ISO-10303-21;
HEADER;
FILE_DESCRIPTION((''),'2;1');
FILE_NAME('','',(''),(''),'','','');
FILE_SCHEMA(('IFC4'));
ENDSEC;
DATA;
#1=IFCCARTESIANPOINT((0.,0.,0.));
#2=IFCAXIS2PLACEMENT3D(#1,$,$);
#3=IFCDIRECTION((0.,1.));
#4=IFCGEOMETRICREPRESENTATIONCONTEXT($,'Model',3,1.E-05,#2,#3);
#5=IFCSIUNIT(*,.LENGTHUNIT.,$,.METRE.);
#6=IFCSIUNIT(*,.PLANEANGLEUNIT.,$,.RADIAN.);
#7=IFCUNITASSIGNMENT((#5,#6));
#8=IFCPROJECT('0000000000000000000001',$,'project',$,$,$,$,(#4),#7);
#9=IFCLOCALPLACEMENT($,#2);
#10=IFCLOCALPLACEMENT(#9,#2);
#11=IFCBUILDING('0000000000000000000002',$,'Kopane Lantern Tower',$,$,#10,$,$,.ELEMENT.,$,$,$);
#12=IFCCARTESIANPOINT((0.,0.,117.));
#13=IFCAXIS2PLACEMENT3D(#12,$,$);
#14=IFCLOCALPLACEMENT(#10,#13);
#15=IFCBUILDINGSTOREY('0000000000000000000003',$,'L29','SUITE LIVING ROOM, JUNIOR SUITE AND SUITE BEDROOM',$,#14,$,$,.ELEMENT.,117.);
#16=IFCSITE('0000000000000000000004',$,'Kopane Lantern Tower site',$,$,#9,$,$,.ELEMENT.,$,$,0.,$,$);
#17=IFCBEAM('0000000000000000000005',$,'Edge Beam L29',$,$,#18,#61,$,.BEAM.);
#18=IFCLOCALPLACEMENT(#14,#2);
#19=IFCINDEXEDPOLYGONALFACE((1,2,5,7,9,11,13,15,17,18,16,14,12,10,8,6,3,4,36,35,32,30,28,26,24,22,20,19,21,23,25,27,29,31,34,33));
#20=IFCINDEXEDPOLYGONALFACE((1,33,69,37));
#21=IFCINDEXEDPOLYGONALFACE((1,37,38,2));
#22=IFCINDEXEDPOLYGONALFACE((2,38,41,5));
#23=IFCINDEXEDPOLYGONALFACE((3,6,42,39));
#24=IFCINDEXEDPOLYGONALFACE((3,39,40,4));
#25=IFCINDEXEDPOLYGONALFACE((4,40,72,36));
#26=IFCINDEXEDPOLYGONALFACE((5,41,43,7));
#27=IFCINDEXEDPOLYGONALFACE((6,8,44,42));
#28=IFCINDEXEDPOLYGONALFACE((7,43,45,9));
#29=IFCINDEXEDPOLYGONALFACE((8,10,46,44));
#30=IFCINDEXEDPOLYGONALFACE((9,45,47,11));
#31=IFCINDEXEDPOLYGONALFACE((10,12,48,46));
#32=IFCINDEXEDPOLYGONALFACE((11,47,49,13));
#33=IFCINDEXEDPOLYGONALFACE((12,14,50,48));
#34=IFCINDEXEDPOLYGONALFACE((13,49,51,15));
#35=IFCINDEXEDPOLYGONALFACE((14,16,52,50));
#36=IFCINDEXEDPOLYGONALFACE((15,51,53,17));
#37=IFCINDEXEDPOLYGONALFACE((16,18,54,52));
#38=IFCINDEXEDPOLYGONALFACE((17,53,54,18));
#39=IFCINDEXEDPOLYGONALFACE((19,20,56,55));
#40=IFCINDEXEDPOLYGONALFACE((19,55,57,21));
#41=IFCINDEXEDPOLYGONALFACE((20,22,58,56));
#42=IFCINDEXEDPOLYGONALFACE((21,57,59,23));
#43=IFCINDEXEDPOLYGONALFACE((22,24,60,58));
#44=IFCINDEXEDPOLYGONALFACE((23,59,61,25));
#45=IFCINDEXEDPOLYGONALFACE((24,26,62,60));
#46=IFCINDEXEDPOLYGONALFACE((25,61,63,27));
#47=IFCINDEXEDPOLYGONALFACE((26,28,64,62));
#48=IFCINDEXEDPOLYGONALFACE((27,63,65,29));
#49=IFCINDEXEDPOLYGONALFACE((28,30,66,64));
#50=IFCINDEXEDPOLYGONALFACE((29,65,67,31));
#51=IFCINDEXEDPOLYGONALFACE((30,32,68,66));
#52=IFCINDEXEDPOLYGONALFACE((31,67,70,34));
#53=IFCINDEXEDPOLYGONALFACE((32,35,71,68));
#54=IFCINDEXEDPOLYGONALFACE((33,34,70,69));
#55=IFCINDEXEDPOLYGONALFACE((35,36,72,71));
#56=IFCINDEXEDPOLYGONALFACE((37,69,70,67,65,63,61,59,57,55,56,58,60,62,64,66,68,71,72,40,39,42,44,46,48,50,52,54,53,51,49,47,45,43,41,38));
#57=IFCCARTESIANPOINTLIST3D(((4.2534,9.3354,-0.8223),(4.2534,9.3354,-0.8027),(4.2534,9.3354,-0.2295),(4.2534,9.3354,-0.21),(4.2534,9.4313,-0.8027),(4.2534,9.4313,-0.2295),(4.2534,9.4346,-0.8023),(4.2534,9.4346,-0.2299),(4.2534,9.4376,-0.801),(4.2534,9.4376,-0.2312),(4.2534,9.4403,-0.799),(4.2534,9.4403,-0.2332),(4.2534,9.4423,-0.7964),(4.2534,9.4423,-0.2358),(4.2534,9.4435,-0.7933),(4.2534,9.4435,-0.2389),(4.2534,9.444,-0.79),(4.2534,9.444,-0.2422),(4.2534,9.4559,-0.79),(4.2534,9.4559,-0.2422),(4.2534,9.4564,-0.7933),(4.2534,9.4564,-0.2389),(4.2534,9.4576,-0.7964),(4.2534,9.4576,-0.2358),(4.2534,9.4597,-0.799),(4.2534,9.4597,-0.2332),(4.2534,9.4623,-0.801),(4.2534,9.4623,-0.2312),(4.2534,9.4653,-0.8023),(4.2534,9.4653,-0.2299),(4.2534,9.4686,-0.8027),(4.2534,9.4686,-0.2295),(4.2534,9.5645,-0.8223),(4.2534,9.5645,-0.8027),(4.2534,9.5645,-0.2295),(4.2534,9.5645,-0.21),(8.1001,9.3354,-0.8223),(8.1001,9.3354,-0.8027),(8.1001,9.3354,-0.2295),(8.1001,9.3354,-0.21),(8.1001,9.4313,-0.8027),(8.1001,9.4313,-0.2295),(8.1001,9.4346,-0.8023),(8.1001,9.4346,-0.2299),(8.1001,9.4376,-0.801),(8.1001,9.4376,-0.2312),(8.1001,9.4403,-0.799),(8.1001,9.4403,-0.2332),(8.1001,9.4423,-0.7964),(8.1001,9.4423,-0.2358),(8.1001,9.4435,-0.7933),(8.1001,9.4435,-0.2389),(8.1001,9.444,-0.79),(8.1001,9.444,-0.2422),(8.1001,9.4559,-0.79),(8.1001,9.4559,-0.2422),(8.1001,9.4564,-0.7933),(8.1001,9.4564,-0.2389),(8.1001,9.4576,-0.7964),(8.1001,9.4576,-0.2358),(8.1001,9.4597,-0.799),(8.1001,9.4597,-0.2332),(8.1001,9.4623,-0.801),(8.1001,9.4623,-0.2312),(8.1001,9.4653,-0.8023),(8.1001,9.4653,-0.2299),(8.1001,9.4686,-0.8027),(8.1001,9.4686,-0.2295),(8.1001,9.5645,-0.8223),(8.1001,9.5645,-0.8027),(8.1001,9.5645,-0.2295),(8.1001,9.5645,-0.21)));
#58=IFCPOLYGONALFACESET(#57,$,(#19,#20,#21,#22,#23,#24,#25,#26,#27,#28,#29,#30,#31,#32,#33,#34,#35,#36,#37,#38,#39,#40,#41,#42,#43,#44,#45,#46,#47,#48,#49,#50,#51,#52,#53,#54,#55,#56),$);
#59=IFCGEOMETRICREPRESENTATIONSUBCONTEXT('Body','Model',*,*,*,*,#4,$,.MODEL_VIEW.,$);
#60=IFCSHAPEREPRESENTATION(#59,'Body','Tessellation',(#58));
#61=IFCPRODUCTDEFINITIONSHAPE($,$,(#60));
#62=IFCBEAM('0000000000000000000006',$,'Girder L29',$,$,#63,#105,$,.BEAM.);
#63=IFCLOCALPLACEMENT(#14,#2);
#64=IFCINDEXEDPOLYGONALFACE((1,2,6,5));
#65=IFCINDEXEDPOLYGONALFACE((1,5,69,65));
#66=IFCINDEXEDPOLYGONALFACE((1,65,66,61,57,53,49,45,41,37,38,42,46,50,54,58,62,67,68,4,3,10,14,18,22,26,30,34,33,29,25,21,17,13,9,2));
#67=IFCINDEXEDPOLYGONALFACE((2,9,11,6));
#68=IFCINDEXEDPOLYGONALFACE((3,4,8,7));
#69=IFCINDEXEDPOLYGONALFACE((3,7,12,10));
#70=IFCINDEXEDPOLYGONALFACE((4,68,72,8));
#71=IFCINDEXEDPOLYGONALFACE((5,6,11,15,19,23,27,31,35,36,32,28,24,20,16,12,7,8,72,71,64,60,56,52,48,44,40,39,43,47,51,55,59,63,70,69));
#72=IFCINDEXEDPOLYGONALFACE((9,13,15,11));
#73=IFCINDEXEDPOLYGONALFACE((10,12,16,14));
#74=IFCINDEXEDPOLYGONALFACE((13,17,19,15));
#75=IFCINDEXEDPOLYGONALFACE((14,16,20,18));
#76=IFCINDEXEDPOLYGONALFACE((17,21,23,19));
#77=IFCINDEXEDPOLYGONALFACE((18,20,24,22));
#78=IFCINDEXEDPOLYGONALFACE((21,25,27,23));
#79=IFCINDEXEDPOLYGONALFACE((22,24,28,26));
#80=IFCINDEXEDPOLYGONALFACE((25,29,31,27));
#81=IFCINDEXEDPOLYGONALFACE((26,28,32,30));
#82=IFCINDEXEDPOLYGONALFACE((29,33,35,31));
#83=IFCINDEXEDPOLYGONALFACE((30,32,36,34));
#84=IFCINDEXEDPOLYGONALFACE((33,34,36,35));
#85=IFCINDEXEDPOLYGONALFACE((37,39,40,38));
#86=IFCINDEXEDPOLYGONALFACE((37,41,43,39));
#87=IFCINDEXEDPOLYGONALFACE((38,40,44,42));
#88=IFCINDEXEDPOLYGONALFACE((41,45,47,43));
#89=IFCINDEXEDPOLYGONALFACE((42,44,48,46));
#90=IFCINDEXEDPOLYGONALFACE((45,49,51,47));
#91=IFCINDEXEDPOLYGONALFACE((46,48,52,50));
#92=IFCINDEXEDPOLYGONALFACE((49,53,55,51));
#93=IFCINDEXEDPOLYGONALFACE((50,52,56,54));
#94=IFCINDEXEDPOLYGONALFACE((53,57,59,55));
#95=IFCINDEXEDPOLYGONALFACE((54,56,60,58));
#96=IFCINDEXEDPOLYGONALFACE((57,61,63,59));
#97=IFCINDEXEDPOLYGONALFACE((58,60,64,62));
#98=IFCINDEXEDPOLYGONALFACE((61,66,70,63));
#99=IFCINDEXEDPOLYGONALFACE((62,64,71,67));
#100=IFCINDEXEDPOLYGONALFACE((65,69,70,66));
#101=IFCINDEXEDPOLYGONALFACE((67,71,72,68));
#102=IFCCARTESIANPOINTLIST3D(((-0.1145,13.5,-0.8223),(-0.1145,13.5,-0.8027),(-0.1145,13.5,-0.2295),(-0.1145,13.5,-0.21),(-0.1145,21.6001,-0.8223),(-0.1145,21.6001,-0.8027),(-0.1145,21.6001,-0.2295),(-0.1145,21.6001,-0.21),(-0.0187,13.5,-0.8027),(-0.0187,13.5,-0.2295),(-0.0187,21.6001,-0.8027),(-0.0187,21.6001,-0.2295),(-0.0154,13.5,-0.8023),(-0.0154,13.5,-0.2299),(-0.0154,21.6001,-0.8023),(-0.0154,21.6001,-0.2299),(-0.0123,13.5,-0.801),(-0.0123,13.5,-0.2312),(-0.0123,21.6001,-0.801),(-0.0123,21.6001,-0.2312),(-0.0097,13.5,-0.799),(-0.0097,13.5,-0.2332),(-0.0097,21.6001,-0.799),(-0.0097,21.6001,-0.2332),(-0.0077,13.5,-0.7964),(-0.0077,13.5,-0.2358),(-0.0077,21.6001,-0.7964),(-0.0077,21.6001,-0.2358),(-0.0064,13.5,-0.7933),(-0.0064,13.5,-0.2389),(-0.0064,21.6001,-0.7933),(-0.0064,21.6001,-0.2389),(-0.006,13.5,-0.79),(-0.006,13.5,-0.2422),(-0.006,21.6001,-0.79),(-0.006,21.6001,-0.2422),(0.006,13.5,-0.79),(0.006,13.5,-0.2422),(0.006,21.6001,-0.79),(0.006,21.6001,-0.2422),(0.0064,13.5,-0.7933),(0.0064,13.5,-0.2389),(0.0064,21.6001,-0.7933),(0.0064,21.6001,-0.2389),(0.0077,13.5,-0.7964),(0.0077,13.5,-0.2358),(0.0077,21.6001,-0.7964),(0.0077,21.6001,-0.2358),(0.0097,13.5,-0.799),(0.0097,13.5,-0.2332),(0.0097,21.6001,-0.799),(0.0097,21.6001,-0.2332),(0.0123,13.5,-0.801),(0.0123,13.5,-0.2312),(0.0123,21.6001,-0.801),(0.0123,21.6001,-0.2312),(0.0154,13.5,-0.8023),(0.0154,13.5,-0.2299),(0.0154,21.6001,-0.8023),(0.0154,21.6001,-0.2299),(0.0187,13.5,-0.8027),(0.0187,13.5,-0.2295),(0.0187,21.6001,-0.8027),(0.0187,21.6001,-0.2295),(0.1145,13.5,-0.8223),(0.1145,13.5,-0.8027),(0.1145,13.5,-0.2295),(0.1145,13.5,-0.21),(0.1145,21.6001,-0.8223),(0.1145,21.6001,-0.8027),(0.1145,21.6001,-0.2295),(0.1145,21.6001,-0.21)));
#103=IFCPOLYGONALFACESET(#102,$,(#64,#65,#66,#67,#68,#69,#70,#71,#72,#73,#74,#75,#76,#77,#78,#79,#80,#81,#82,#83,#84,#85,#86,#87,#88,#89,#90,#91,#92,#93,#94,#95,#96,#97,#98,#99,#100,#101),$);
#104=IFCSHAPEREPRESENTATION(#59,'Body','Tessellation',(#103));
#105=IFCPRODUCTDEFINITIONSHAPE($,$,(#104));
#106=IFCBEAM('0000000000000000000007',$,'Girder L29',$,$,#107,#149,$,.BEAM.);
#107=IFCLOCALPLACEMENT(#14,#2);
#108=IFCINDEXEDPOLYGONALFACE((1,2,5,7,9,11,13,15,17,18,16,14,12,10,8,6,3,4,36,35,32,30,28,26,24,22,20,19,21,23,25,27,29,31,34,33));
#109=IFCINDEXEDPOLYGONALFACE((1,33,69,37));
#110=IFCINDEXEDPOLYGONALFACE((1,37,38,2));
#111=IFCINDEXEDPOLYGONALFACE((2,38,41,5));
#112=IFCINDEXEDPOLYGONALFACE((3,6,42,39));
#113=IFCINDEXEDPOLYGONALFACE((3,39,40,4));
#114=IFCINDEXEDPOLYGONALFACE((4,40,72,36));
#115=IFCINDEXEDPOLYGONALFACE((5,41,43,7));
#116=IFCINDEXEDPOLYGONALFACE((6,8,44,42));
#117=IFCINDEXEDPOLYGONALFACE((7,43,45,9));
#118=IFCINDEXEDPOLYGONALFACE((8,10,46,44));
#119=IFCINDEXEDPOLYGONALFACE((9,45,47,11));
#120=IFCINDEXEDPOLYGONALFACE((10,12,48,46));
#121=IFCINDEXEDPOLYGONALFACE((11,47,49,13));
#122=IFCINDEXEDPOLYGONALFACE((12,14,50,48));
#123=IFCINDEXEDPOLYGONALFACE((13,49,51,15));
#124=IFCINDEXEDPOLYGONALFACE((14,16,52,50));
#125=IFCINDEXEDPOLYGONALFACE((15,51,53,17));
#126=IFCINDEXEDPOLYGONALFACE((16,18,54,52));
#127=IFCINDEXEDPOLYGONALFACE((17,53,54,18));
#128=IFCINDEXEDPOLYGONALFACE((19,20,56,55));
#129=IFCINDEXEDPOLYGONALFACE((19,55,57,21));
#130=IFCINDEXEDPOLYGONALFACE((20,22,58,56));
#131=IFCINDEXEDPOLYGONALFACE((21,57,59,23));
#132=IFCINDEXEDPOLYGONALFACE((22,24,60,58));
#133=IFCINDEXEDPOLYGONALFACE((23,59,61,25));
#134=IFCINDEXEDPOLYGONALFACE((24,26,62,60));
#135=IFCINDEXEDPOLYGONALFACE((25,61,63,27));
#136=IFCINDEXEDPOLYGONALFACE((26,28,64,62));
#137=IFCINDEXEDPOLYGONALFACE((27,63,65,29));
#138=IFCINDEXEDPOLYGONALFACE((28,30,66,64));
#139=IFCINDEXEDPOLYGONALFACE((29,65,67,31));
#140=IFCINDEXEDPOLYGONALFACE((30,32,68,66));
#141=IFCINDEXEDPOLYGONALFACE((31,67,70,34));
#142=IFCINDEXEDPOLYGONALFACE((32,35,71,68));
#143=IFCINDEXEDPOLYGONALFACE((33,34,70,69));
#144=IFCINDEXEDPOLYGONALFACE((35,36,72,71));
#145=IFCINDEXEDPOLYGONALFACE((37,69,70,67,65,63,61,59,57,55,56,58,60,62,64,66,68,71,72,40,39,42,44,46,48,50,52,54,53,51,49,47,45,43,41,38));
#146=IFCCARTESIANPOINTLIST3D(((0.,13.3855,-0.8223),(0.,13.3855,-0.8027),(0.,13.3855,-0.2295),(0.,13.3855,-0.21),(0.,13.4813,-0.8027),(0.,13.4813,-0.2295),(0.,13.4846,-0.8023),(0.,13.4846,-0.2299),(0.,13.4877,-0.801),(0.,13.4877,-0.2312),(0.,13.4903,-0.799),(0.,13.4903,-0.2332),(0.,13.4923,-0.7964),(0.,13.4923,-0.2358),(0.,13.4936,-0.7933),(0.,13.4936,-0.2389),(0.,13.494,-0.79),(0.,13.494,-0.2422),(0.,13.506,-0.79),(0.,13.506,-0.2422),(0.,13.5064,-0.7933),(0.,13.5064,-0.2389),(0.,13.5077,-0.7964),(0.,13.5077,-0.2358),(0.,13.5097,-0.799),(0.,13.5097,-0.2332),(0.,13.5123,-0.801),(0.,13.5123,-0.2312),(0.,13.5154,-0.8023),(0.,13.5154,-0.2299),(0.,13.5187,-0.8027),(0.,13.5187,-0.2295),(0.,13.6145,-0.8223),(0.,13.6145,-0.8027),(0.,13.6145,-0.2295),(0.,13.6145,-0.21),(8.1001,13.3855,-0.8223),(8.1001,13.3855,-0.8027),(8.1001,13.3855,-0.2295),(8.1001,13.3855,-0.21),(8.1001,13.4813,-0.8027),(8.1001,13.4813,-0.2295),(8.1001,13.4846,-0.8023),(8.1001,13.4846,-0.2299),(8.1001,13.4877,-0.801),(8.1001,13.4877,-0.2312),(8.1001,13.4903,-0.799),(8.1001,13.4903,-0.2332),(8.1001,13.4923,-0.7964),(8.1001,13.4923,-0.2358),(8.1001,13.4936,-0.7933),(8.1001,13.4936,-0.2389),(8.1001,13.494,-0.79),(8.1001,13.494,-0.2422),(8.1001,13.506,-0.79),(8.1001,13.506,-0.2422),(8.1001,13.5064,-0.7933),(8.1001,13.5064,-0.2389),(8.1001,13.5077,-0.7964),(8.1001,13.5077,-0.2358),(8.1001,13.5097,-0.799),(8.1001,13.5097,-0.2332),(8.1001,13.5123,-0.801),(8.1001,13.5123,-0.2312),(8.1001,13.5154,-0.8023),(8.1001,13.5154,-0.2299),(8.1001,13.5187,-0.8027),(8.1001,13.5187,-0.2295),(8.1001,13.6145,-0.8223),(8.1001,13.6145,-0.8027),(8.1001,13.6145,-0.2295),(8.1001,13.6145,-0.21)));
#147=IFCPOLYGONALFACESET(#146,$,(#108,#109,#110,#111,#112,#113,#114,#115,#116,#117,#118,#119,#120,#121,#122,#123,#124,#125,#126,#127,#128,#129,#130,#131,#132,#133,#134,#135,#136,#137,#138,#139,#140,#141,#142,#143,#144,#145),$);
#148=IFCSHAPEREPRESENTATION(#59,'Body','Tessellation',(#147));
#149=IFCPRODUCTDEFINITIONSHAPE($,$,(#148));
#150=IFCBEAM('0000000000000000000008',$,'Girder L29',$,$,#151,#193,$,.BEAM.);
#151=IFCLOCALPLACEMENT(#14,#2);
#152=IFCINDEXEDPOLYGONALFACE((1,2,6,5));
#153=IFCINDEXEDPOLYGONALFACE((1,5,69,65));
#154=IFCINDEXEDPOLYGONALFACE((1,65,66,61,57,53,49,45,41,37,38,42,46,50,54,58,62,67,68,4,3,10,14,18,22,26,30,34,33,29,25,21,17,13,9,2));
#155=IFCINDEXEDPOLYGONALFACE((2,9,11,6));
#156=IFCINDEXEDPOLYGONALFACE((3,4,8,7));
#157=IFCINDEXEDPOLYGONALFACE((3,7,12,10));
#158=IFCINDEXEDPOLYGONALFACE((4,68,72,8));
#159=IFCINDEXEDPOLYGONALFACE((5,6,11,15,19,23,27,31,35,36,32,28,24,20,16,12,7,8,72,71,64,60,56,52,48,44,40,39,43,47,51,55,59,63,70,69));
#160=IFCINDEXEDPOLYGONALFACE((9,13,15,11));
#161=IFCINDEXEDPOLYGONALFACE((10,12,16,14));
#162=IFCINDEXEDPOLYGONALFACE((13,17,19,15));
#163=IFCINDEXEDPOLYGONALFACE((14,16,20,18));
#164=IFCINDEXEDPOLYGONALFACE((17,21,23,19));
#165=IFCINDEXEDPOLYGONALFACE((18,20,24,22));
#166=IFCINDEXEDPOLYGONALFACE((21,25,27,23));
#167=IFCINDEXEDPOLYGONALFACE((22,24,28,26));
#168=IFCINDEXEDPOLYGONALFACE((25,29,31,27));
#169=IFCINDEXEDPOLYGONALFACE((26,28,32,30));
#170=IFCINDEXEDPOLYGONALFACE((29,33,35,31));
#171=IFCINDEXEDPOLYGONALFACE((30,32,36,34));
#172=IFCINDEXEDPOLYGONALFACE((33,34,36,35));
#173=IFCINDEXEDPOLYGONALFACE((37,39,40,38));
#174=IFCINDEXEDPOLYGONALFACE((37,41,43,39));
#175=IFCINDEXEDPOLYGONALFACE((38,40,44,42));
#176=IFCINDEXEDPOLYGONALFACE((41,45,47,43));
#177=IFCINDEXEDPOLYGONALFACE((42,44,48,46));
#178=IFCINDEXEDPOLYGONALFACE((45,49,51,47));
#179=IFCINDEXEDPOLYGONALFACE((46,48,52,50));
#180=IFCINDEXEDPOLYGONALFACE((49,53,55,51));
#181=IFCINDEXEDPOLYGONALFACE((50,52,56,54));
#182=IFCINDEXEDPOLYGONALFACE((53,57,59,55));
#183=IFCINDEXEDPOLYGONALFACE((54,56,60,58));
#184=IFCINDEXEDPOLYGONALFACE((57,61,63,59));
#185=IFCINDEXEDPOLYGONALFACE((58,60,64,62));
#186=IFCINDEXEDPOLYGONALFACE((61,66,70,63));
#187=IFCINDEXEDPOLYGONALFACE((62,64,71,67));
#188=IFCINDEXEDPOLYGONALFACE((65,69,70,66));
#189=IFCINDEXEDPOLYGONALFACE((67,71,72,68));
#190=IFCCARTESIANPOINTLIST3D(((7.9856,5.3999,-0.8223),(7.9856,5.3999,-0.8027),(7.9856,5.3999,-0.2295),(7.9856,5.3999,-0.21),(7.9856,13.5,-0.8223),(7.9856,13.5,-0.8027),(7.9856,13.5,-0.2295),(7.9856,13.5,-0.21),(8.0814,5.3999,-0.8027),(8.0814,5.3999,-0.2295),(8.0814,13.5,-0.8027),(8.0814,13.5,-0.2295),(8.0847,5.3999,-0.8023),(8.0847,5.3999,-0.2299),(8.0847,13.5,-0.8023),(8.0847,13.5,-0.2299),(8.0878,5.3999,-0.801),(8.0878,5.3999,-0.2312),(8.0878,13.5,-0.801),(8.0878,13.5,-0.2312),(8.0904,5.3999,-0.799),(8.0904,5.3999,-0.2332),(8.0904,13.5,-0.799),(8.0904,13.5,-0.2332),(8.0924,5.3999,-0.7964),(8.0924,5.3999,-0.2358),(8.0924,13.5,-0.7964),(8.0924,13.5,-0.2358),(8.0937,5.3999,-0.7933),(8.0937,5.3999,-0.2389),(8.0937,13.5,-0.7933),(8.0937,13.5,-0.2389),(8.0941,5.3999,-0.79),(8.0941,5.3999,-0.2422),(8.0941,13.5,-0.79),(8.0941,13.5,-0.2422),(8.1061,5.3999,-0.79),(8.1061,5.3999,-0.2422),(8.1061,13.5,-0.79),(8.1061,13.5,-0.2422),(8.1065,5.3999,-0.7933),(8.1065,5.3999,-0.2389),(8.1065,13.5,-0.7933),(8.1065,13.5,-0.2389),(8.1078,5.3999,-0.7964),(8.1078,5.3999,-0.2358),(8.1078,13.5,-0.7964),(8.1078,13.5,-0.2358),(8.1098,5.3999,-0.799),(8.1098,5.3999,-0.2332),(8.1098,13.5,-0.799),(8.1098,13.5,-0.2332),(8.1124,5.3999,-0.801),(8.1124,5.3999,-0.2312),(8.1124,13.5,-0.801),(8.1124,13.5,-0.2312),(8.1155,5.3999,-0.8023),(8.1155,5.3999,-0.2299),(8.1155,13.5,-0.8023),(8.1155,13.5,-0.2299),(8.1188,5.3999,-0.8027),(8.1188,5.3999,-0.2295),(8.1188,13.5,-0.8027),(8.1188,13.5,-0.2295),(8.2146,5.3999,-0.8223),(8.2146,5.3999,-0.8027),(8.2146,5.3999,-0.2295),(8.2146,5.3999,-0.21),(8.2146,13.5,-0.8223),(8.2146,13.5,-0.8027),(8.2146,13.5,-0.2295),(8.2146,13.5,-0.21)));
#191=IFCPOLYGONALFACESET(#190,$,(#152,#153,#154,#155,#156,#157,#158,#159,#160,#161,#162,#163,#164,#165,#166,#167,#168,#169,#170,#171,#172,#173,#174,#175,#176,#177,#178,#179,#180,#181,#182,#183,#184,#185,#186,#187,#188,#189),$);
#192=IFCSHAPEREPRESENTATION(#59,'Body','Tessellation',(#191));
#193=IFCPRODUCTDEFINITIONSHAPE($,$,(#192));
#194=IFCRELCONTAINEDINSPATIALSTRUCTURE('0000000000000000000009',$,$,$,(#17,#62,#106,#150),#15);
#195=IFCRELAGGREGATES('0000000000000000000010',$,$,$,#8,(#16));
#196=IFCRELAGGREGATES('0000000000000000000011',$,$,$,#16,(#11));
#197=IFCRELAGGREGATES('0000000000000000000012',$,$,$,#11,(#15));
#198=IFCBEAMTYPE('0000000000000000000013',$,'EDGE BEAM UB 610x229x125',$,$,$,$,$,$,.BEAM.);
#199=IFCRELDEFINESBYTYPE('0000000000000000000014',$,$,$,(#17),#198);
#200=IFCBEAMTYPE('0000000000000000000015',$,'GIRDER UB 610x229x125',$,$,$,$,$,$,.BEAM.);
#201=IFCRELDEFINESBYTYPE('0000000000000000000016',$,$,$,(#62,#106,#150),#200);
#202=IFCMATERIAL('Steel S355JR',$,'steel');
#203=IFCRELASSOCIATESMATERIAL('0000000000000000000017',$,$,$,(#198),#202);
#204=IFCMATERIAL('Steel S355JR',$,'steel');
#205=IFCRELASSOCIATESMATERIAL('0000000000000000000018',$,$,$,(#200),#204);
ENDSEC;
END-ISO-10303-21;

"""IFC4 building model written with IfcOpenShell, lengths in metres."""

from ifc_helpers import new_model, si_unit, direction, frame, origin, origin_2d, place, context, subcontext, project, spatial, i_section, extrude, material, material_profile, profile_set, type_object, element, save


model = new_model("IFC4")

# Units and contexts
model_context = context("Model", 3, precision=1e-05, world=origin(), true_north=direction((0.0, 1.0)))
body_context = subcontext(model_context, "Body", "Model", "MODEL_VIEW")
ifc_project = project(units=[si_unit("LENGTHUNIT", "METRE"), si_unit("PLANEANGLEUNIT", "RADIAN")], contexts=[model_context])

# Site, building, storey
site_placement = place(None, origin())
site = spatial("IfcSite", under=ifc_project, at=site_placement, Name="Kopane Lantern Tower site", CompositionType="ELEMENT", RefElevation=0.0)
building_placement = place(site_placement, origin())
building = spatial("IfcBuilding", under=site, at=building_placement, Name="Kopane Lantern Tower", CompositionType="ELEMENT")
storey_placement = place(building_placement, frame((0.0, 0.0, 117.0)))
storey = spatial("IfcBuildingStorey", under=building, at=storey_placement, Name="L29", Description="SUITE LIVING ROOM, JUNIOR SUITE AND SUITE BEDROOM", CompositionType="ELEMENT", Elevation=117.0)

# Beams
ifc_material_1 = material(Name="Steel S355JR", Category="steel")
ifc_material_profile_1 = material_profile(ifc_material_1, i_section(OverallWidth=0.229, OverallDepth=0.6123, WebThickness=0.012, FlangeThickness=0.0195, FilletRadius=0.0127, at=origin_2d()), Name="UB 610x229x125")
ifc_profile_set_1 = profile_set([ifc_material_profile_1], Name="Steel S355JR")
beam_type_1 = type_object("IfcBeamType", Name="EDGE BEAM UB 610x229x125", PredefinedType="BEAM", material=ifc_profile_set_1)
beam_1_placement = place(storey_placement, frame((4.2534, 9.45, -0.5161), z_axis=(1.0, 0.0, 0.0), x_axis=(0.0, 1.0, 0.0)))
element("IfcBeam", 1, at=beam_1_placement, inside=storey, type_object=beam_type_1, Name="Edge Beam L29", PredefinedType="BEAM", context=body_context, shape_type="SweptSolid", body=[
    extrude(i_section(OverallWidth=0.229, OverallDepth=0.6123, WebThickness=0.012, FlangeThickness=0.0195, FilletRadius=0.0127, at=origin_2d()), origin(), (0.0, 0.0, 1.0), 3.8467),
])
ifc_material_2 = material(Name="Steel S355JR", Category="steel")
ifc_material_profile_2 = material_profile(ifc_material_2, i_section(OverallWidth=0.229, OverallDepth=0.6123, WebThickness=0.012, FlangeThickness=0.0195, FilletRadius=0.0127, at=origin_2d()), Name="UB 610x229x125")
ifc_profile_set_2 = profile_set([ifc_material_profile_2], Name="Steel S355JR")
beam_type_2 = type_object("IfcBeamType", Name="GIRDER UB 610x229x125", PredefinedType="BEAM", material=ifc_profile_set_2)
for number, where, z_axis, x_axis, name in (
    (2, (0.0, 13.5, -0.5161), (0.0, 1.0, 0.0), (-1.0, 0.0, 0.0), "Girder L29"),
    (3, (0.0, 13.5, -0.5161), (1.0, 0.0, 0.0), (0.0, 1.0, 0.0), "Girder L29"),
    (4, (8.1001, 5.3999, -0.5161), (0.0, 1.0, 0.0), (-1.0, 0.0, 0.0), "Girder L29"),
):
    element("IfcBeam", number, at=place(storey_placement, frame(where, z_axis=z_axis, x_axis=x_axis)), inside=storey, type_object=beam_type_2, Name=name, PredefinedType="BEAM", context=body_context, shape_type="SweptSolid", body=[
        extrude(i_section(OverallWidth=0.229, OverallDepth=0.6123, WebThickness=0.012, FlangeThickness=0.0195, FilletRadius=0.0127, at=origin_2d()), origin(), (0.0, 0.0, 1.0), 8.1001),
    ])

save(model, "model.ifc")
